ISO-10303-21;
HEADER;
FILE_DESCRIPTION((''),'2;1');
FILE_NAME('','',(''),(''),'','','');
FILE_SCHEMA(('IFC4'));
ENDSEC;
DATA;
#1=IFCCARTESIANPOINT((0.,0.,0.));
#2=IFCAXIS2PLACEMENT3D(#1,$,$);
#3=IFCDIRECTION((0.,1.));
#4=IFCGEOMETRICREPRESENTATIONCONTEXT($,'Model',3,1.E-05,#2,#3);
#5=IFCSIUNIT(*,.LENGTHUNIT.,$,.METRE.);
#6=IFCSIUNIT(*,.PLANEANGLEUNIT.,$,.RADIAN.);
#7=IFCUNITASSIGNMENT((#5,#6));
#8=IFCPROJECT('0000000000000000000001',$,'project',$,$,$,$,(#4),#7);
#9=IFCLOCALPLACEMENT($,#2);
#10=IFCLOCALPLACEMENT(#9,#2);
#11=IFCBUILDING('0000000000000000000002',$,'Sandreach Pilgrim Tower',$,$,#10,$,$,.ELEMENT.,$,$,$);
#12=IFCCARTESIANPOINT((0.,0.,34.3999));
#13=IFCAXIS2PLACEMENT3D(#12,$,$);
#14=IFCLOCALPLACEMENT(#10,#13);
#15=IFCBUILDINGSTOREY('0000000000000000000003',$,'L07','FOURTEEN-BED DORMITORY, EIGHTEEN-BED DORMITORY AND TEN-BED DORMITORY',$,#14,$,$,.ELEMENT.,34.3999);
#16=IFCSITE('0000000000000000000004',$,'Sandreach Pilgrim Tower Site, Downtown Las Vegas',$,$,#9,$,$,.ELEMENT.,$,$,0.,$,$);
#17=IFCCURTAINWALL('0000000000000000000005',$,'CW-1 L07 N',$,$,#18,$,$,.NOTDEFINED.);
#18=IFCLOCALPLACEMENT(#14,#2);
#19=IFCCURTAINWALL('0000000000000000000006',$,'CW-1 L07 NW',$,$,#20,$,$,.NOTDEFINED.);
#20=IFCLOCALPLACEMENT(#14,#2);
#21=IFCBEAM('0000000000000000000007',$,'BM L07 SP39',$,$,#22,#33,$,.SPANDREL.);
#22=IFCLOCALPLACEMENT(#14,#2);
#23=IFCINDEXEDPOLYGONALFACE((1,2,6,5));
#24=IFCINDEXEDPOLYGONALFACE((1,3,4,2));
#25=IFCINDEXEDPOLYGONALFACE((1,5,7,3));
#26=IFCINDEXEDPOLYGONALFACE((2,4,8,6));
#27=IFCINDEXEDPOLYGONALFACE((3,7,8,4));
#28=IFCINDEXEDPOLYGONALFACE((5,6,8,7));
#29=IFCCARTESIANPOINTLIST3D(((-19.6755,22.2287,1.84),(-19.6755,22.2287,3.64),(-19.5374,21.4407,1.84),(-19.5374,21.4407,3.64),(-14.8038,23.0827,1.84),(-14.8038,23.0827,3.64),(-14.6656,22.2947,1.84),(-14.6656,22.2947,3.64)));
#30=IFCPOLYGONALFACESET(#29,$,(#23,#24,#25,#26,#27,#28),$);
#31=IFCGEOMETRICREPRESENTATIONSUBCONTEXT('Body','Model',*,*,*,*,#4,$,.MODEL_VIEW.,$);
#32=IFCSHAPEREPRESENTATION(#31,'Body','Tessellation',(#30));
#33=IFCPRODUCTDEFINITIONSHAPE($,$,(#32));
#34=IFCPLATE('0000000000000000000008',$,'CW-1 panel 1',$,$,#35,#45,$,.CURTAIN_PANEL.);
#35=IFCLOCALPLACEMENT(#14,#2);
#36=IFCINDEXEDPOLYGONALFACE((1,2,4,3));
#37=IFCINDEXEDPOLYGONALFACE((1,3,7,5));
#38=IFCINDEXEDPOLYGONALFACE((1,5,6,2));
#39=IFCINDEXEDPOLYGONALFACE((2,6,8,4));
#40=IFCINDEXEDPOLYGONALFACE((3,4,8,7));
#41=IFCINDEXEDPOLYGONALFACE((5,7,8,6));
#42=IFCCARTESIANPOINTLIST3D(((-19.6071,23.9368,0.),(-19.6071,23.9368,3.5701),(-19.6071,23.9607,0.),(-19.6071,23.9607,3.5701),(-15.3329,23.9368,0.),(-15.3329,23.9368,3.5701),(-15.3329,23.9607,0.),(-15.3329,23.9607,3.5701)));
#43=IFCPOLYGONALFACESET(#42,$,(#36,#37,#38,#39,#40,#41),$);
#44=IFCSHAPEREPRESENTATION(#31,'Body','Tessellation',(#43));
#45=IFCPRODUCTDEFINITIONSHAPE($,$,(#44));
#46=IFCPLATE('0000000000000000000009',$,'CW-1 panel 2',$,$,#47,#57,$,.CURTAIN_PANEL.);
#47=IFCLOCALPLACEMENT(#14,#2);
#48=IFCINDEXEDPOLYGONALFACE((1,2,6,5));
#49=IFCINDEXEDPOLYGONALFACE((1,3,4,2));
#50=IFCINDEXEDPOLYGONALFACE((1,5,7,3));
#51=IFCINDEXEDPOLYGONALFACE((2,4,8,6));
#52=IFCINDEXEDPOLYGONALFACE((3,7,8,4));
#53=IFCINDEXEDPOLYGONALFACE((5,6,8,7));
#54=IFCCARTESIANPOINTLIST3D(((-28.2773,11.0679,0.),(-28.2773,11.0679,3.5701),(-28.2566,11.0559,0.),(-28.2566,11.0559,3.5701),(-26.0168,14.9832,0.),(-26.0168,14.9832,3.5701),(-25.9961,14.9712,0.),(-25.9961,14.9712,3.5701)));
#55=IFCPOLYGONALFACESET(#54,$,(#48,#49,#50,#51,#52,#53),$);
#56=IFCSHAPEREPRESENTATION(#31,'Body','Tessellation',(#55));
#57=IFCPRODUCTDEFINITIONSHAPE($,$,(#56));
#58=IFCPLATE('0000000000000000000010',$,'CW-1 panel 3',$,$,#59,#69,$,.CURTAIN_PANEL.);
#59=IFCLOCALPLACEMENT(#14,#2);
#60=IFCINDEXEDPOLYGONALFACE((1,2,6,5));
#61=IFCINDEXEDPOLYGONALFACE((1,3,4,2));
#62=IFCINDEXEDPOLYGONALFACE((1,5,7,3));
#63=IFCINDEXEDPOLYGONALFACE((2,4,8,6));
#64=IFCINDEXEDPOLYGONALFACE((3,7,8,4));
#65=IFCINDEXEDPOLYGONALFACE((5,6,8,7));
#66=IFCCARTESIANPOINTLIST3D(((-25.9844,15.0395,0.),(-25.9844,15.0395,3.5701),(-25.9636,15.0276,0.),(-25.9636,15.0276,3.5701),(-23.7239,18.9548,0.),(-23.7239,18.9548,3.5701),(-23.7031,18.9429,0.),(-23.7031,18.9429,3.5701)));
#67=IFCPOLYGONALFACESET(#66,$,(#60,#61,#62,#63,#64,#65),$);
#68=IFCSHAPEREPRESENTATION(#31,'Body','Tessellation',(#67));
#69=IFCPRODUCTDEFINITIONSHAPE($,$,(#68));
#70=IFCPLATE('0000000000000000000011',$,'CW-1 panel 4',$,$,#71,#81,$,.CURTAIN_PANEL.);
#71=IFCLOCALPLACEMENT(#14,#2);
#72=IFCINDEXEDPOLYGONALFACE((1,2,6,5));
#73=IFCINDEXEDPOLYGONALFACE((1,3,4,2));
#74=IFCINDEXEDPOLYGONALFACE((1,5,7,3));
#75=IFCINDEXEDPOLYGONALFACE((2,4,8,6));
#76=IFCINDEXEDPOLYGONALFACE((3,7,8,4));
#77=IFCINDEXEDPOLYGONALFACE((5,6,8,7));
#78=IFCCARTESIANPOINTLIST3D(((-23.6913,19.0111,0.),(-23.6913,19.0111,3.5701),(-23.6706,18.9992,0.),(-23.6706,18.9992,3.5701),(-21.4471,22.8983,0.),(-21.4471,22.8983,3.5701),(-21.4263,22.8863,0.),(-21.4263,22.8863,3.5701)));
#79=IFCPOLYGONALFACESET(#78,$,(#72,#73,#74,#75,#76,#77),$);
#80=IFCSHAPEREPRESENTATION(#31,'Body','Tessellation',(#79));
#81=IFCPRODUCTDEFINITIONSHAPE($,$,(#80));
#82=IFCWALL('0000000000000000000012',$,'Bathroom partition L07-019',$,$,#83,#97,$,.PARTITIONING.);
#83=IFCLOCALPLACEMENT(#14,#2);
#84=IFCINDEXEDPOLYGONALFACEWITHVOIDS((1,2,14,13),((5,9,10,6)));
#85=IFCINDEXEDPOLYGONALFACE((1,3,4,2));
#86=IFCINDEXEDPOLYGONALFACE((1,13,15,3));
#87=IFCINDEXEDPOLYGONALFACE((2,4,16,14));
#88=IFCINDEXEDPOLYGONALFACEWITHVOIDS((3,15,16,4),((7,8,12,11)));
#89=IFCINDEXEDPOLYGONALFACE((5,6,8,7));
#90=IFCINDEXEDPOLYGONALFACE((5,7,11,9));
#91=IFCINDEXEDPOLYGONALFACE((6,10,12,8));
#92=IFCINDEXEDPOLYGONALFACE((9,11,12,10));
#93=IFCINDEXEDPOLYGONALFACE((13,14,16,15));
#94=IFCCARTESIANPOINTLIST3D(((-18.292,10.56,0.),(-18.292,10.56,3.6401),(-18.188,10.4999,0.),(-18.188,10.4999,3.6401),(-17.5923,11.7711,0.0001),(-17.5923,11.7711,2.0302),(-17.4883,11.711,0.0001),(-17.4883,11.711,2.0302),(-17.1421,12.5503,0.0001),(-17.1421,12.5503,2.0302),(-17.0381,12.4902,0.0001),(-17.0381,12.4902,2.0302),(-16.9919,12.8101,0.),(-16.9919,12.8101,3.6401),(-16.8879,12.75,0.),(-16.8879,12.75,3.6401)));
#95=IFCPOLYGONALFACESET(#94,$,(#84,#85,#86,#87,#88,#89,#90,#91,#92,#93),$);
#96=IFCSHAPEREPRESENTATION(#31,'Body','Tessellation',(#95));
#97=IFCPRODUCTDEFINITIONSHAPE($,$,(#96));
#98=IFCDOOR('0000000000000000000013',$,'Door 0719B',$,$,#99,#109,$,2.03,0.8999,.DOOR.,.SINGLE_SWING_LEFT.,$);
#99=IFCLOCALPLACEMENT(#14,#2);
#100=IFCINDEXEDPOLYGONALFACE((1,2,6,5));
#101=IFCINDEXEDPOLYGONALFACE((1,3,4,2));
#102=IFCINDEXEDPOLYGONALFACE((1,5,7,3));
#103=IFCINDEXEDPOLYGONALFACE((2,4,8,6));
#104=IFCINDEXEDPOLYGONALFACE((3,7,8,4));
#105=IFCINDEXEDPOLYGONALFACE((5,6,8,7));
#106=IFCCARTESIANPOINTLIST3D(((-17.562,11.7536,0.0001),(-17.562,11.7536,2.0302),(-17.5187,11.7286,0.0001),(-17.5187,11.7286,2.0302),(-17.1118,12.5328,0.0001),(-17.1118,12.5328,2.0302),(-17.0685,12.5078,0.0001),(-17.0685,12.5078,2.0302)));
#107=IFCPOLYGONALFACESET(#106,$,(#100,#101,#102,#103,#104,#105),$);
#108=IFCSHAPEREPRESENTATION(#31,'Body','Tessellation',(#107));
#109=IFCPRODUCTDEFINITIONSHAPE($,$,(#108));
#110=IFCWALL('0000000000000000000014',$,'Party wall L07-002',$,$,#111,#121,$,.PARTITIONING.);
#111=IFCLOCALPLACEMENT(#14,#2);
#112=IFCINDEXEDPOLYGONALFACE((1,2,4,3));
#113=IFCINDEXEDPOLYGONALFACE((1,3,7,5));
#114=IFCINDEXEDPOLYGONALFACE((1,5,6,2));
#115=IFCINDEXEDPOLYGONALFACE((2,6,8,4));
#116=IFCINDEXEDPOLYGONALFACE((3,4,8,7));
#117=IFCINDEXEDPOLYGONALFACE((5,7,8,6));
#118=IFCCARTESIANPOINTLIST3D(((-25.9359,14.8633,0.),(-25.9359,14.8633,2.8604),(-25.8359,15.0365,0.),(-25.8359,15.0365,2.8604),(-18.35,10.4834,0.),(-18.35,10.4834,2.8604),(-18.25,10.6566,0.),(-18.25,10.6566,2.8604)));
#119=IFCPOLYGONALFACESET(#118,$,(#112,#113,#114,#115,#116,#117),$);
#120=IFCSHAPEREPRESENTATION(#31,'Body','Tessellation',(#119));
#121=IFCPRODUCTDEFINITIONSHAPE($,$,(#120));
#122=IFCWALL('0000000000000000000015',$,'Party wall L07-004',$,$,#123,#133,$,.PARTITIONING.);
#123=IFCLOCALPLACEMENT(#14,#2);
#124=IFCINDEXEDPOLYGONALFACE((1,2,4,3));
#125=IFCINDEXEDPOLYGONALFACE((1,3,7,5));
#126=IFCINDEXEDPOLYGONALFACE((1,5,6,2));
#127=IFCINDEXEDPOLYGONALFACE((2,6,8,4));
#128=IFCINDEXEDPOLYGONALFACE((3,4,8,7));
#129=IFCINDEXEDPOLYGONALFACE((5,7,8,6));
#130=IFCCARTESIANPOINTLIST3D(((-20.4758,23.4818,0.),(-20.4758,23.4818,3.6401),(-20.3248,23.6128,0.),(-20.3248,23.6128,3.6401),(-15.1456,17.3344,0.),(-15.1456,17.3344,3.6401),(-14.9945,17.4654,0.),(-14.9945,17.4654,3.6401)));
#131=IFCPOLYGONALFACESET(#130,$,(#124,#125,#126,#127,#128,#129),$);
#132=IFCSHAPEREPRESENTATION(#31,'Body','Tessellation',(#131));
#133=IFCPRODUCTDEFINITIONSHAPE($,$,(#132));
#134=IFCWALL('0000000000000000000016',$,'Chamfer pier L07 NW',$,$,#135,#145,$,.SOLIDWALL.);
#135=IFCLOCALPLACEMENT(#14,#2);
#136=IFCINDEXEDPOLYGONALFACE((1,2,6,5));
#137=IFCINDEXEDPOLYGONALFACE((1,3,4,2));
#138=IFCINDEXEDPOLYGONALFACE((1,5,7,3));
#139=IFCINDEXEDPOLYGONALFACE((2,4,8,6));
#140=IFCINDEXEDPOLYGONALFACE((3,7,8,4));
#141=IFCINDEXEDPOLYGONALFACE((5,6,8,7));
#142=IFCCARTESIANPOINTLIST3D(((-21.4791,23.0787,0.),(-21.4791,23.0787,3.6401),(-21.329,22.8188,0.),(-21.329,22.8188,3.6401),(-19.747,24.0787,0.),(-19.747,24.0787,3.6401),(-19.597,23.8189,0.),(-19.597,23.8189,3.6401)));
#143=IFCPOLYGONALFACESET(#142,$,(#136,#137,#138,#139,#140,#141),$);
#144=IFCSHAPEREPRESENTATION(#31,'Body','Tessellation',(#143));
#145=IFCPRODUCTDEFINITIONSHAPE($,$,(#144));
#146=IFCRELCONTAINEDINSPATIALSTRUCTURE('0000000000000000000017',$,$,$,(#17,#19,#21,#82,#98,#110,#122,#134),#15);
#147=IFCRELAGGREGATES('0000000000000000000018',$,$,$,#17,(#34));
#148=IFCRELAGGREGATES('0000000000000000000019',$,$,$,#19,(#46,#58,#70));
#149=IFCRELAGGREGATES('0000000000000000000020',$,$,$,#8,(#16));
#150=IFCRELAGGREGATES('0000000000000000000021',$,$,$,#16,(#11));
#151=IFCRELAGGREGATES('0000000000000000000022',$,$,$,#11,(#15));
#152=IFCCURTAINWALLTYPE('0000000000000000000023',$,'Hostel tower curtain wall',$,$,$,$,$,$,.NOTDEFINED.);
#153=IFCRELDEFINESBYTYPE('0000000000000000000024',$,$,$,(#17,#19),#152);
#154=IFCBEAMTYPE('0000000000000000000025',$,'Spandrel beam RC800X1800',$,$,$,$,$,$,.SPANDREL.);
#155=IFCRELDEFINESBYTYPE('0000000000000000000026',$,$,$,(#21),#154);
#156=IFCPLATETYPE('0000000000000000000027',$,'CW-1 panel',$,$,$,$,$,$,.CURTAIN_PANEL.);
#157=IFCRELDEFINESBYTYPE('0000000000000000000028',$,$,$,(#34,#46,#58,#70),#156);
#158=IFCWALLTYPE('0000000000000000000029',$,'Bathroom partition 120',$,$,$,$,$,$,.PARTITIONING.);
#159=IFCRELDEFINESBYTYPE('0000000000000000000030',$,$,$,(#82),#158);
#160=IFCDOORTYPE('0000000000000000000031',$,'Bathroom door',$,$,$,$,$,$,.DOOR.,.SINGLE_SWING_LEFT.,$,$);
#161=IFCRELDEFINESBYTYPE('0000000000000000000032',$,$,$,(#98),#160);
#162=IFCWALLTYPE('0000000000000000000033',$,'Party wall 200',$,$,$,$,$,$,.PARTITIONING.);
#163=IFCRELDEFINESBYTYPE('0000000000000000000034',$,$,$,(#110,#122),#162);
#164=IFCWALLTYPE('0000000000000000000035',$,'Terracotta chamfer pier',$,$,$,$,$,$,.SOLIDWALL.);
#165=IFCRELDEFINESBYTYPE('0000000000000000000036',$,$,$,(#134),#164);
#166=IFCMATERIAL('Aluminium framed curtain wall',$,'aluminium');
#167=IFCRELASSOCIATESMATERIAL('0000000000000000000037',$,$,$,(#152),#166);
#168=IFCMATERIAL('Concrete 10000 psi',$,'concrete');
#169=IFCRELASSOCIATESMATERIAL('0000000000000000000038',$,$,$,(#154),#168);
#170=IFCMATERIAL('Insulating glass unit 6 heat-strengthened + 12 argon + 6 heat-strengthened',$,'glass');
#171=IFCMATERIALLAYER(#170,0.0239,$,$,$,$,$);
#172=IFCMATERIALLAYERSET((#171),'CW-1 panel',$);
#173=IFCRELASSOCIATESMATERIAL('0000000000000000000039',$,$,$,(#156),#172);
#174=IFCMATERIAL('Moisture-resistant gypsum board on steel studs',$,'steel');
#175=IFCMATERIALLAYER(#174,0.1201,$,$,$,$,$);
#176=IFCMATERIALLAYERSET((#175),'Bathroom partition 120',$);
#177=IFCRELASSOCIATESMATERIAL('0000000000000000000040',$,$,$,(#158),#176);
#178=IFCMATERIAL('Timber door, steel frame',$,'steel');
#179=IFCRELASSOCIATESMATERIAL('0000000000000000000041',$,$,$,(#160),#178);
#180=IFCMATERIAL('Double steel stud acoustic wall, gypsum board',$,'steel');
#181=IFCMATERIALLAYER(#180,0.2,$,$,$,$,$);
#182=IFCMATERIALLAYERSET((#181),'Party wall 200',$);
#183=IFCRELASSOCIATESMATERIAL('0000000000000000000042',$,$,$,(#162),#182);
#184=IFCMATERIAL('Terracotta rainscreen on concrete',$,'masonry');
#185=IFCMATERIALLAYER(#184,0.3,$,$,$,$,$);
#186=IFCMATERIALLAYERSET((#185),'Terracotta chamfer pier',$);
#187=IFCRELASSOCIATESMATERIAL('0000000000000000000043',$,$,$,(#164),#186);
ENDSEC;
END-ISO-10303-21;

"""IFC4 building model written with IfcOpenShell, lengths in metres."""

from ifc_helpers import new_model, si_unit, direction, frame, frame_2d, origin, origin_2d, place, context, subcontext, project, spatial, rectangle, extrude, material, layer, layer_set, material_profile, profile_set, type_object, element, fill, aggregate, save


model = new_model("IFC4")

# Units and contexts
model_context = context("Model", 3, precision=1e-05, world=origin(), true_north=direction((0.0, 1.0)))
body_context = subcontext(model_context, "Body", "Model", "MODEL_VIEW")
ifc_project = project(units=[si_unit("LENGTHUNIT", "METRE"), si_unit("PLANEANGLEUNIT", "RADIAN")], contexts=[model_context])

# Site, building, storey
site_placement = place(None, origin())
site = spatial("IfcSite", under=ifc_project, at=site_placement, Name="Sandreach Pilgrim Tower Site, Downtown Las Vegas", CompositionType="ELEMENT", RefElevation=0.0)
building_placement = place(site_placement, origin())
building = spatial("IfcBuilding", under=site, at=building_placement, Name="Sandreach Pilgrim Tower", CompositionType="ELEMENT")
storey_placement = place(building_placement, frame((0.0, 0.0, 34.3999)))
storey = spatial("IfcBuildingStorey", under=building, at=storey_placement, Name="L07", Description="FOURTEEN-BED DORMITORY, EIGHTEEN-BED DORMITORY AND TEN-BED DORMITORY", CompositionType="ELEMENT", Elevation=34.3999)

# Curtain wall
ifc_material_1 = material(Name="Aluminium framed curtain wall", Category="aluminium")
curtain_wall_type = type_object("IfcCurtainWallType", Name="Hostel tower curtain wall", PredefinedType="NOTDEFINED", material=ifc_material_1)
curtain_wall_1_placement = place(storey_placement, origin())
curtain_wall_1 = element("IfcCurtainWall", 1, at=curtain_wall_1_placement, inside=storey, type_object=curtain_wall_type, Name="CW-1 L07 N", PredefinedType="NOTDEFINED")

# Curtain wall
curtain_wall_2_placement = place(storey_placement, origin())
curtain_wall_2 = element("IfcCurtainWall", 2, at=curtain_wall_2_placement, inside=storey, type_object=curtain_wall_type, Name="CW-1 L07 NW", PredefinedType="NOTDEFINED")

# Beam
ifc_material_2 = material(Name="Concrete 10000 psi", Category="concrete")
ifc_material_profile_1 = material_profile(ifc_material_2, rectangle(XDim=0.8, YDim=1.8, at=origin_2d()), Name="RC800X1800")
ifc_profile_set_1 = profile_set([ifc_material_profile_1], Name="Concrete 10000 psi")
beam_type_1 = type_object("IfcBeamType", Name="Spandrel beam RC800X1800", PredefinedType="SPANDREL", material=ifc_profile_set_1)
beam_1_placement = place(storey_placement, frame((-19.6064, 21.8347, 2.74), z_axis=(0.984981, 0.172662, 0.0), x_axis=(-0.172662, 0.984981, 0.0)))
element("IfcBeam", 3, at=beam_1_placement, inside=storey, type_object=beam_type_1, Name="BM L07 SP39", PredefinedType="SPANDREL", context=body_context, shape_type="SweptSolid", body=[
    extrude(rectangle(XDim=0.8, YDim=1.8, at=origin_2d()), origin(), (0.0, 0.0, 1.0), 4.946),
])

# Plates
ifc_material_3 = material(Name="Insulating glass unit 6 heat-strengthened + 12 argon + 6 heat-strengthened", Category="glass")
ifc_layer_1 = layer(ifc_material_3, 0.0239)
ifc_layer_set_1 = layer_set([ifc_layer_1], Name="CW-1 panel")
plate_type = type_object("IfcPlateType", Name="CW-1 panel", PredefinedType="CURTAIN_PANEL", material=ifc_layer_set_1)
plate_1_placement = place(storey_placement, frame((-17.47, 23.9487, 0.0), z_axis=(0.0, 0.0, 1.0), x_axis=(1.0, 0.0, 0.0)))
plate_1 = element("IfcPlate", 4, at=plate_1_placement, type_object=plate_type, Name="CW-1 panel 1", PredefinedType="CURTAIN_PANEL", context=body_context, shape_type="SweptSolid", body=[
    extrude(rectangle(XDim=4.2742, YDim=0.0239, at=origin_2d()), origin(), (0.0, 0.0, 1.0), 3.5701),
])
aggregate(curtain_wall_1, [plate_1])
plate_2_placement = place(storey_placement, frame((-27.1367, 13.0195, 0.0), z_axis=(0.0, 0.0, 1.0), x_axis=(0.5, 0.866025, 0.0)))
plate_2 = element("IfcPlate", 5, at=plate_2_placement, type_object=plate_type, Name="CW-1 panel 2", PredefinedType="CURTAIN_PANEL", context=body_context, shape_type="SweptSolid", body=[
    extrude(rectangle(XDim=4.521, YDim=0.0239, at=origin_2d()), origin(), (0.0, 0.0, 1.0), 3.5701),
])
plate_3_placement = place(storey_placement, frame((-24.8438, 16.9912, 0.0), z_axis=(0.0, 0.0, 1.0), x_axis=(0.5, 0.866025, 0.0)))
plate_3 = element("IfcPlate", 6, at=plate_3_placement, type_object=plate_type, Name="CW-1 panel 3", PredefinedType="CURTAIN_PANEL", context=body_context, shape_type="SweptSolid", body=[
    extrude(rectangle(XDim=4.521, YDim=0.0239, at=origin_2d()), origin(), (0.0, 0.0, 1.0), 3.5701),
])
plate_4_placement = place(storey_placement, frame((-22.5588, 20.9487, 0.0), z_axis=(0.0, 0.0, 1.0), x_axis=(0.5, 0.866025, 0.0)))
plate_4 = element("IfcPlate", 7, at=plate_4_placement, type_object=plate_type, Name="CW-1 panel 4", PredefinedType="CURTAIN_PANEL", context=body_context, shape_type="SweptSolid", body=[
    extrude(rectangle(XDim=4.4885, YDim=0.0239, at=origin_2d()), origin(), (0.0, 0.0, 1.0), 3.5701),
])
aggregate(curtain_wall_2, [plate_2, plate_3, plate_4])

# Wall, opening, door
ifc_material_4 = material(Name="Moisture-resistant gypsum board on steel studs", Category="steel")
ifc_layer_2 = layer(ifc_material_4, 0.1201)
ifc_layer_set_2 = layer_set([ifc_layer_2], Name="Bathroom partition 120")
wall_type_1 = type_object("IfcWallType", Name="Bathroom partition 120", PredefinedType="PARTITIONING", material=ifc_layer_set_2)
wall_1_placement = place(storey_placement, frame((-16.9399, 12.78, 0.0), z_axis=(0.0, 0.0, 1.0), x_axis=(-0.500292, -0.865857, 0.0)))
wall_1 = element("IfcWall", 8, at=wall_1_placement, inside=storey, type_object=wall_type_1, Name="Bathroom partition L07-019", PredefinedType="PARTITIONING", context=body_context, shape_type="SweptSolid", body=[
    extrude(rectangle(XDim=2.5986, YDim=0.1201, at=frame_2d((1.2993, 0.0))), origin(), (0.0, 0.0, 1.0), 3.6401),
])
opening_placement = place(wall_1_placement, frame((0.3, 0.0, 0.0)))
opening = element("IfcOpeningElement", 9, at=opening_placement, cuts=wall_1, PredefinedType="OPENING", context=body_context, shape_type="SweptSolid", body=[
    extrude(rectangle(XDim=0.8999, YDim=2.03, at=frame_2d((0.45, 1.0151))), frame((0.0, 0.0601, 0.0), z_axis=(0.0, -1.0, 0.0), x_axis=(1.0, 0.0, 0.0)), (0.0, 0.0, 1.0), 0.1201),
])
ifc_material_5 = material(Name="Timber door, steel frame", Category="steel")
door_type = type_object("IfcDoorType", Name="Bathroom door", OperationType="SINGLE_SWING_LEFT", PredefinedType="DOOR", material=ifc_material_5)
door_placement = place(opening_placement, origin())
door = element("IfcDoor", 10, at=door_placement, inside=storey, type_object=door_type, Name="Door 0719B", OperationType="SINGLE_SWING_LEFT", OverallHeight=2.03, OverallWidth=0.8999, PredefinedType="DOOR", context=body_context, shape_type="SweptSolid", body=[
    extrude(rectangle(XDim=0.8999, YDim=2.03, at=frame_2d((0.45, 1.0151))), frame((0.0, 0.0249, 0.0), z_axis=(0.0, -1.0, 0.0), x_axis=(1.0, 0.0, 0.0)), (0.0, 0.0, 1.0), 0.05),
])
fill(opening, door)

# Walls
ifc_material_6 = material(Name="Double steel stud acoustic wall, gypsum board", Category="steel")
ifc_layer_3 = layer(ifc_material_6, 0.2)
ifc_layer_set_3 = layer_set([ifc_layer_3], Name="Party wall 200")
wall_type_2 = type_object("IfcWallType", Name="Party wall 200", PredefinedType="PARTITIONING", material=ifc_layer_set_3)
wall_2_placement = place(storey_placement, frame((-25.886, 14.95, 0.0), z_axis=(0.0, 0.0, 1.0), x_axis=(0.866018, -0.500012, 0.0)))
element("IfcWall", 11, at=wall_2_placement, inside=storey, type_object=wall_type_2, Name="Party wall L07-002", PredefinedType="PARTITIONING", context=body_context, shape_type="SweptSolid", body=[
    extrude(rectangle(XDim=8.7595, YDim=0.2, at=frame_2d((4.3799, 0.0))), origin(), (0.0, 0.0, 1.0), 2.8604),
])
wall_3_placement = place(storey_placement, frame((-20.4004, 23.5474, 0.0), z_axis=(0.0, 0.0, 1.0), x_axis=(0.655108, -0.755536, 0.0)))
element("IfcWall", 12, at=wall_3_placement, inside=storey, type_object=wall_type_2, Name="Party wall L07-004", PredefinedType="PARTITIONING", context=body_context, shape_type="SweptSolid", body=[
    extrude(rectangle(XDim=8.1365, YDim=0.2, at=frame_2d((4.0684, 0.0))), origin(), (0.0, 0.0, 1.0), 3.6401),
])
ifc_material_7 = material(Name="Terracotta rainscreen on concrete", Category="masonry")
ifc_layer_4 = layer(ifc_material_7, 0.3)
ifc_layer_set_4 = layer_set([ifc_layer_4], Name="Terracotta chamfer pier")
wall_type_3 = type_object("IfcWallType", Name="Terracotta chamfer pier", PredefinedType="SOLIDWALL", material=ifc_layer_set_4)
wall_4_placement = place(storey_placement, frame((-21.4041, 22.9487, 0.0), z_axis=(0.0, 0.0, 1.0), x_axis=(0.866011, 0.500025, 0.0)))
element("IfcWall", 13, at=wall_4_placement, inside=storey, type_object=wall_type_3, Name="Chamfer pier L07 NW", PredefinedType="SOLIDWALL", context=body_context, shape_type="SweptSolid", body=[
    extrude(rectangle(XDim=2.0, YDim=0.3, at=frame_2d((1.0, 0.0))), origin(), (0.0, 0.0, 1.0), 3.6401),
])

save(model, "model.ifc")
